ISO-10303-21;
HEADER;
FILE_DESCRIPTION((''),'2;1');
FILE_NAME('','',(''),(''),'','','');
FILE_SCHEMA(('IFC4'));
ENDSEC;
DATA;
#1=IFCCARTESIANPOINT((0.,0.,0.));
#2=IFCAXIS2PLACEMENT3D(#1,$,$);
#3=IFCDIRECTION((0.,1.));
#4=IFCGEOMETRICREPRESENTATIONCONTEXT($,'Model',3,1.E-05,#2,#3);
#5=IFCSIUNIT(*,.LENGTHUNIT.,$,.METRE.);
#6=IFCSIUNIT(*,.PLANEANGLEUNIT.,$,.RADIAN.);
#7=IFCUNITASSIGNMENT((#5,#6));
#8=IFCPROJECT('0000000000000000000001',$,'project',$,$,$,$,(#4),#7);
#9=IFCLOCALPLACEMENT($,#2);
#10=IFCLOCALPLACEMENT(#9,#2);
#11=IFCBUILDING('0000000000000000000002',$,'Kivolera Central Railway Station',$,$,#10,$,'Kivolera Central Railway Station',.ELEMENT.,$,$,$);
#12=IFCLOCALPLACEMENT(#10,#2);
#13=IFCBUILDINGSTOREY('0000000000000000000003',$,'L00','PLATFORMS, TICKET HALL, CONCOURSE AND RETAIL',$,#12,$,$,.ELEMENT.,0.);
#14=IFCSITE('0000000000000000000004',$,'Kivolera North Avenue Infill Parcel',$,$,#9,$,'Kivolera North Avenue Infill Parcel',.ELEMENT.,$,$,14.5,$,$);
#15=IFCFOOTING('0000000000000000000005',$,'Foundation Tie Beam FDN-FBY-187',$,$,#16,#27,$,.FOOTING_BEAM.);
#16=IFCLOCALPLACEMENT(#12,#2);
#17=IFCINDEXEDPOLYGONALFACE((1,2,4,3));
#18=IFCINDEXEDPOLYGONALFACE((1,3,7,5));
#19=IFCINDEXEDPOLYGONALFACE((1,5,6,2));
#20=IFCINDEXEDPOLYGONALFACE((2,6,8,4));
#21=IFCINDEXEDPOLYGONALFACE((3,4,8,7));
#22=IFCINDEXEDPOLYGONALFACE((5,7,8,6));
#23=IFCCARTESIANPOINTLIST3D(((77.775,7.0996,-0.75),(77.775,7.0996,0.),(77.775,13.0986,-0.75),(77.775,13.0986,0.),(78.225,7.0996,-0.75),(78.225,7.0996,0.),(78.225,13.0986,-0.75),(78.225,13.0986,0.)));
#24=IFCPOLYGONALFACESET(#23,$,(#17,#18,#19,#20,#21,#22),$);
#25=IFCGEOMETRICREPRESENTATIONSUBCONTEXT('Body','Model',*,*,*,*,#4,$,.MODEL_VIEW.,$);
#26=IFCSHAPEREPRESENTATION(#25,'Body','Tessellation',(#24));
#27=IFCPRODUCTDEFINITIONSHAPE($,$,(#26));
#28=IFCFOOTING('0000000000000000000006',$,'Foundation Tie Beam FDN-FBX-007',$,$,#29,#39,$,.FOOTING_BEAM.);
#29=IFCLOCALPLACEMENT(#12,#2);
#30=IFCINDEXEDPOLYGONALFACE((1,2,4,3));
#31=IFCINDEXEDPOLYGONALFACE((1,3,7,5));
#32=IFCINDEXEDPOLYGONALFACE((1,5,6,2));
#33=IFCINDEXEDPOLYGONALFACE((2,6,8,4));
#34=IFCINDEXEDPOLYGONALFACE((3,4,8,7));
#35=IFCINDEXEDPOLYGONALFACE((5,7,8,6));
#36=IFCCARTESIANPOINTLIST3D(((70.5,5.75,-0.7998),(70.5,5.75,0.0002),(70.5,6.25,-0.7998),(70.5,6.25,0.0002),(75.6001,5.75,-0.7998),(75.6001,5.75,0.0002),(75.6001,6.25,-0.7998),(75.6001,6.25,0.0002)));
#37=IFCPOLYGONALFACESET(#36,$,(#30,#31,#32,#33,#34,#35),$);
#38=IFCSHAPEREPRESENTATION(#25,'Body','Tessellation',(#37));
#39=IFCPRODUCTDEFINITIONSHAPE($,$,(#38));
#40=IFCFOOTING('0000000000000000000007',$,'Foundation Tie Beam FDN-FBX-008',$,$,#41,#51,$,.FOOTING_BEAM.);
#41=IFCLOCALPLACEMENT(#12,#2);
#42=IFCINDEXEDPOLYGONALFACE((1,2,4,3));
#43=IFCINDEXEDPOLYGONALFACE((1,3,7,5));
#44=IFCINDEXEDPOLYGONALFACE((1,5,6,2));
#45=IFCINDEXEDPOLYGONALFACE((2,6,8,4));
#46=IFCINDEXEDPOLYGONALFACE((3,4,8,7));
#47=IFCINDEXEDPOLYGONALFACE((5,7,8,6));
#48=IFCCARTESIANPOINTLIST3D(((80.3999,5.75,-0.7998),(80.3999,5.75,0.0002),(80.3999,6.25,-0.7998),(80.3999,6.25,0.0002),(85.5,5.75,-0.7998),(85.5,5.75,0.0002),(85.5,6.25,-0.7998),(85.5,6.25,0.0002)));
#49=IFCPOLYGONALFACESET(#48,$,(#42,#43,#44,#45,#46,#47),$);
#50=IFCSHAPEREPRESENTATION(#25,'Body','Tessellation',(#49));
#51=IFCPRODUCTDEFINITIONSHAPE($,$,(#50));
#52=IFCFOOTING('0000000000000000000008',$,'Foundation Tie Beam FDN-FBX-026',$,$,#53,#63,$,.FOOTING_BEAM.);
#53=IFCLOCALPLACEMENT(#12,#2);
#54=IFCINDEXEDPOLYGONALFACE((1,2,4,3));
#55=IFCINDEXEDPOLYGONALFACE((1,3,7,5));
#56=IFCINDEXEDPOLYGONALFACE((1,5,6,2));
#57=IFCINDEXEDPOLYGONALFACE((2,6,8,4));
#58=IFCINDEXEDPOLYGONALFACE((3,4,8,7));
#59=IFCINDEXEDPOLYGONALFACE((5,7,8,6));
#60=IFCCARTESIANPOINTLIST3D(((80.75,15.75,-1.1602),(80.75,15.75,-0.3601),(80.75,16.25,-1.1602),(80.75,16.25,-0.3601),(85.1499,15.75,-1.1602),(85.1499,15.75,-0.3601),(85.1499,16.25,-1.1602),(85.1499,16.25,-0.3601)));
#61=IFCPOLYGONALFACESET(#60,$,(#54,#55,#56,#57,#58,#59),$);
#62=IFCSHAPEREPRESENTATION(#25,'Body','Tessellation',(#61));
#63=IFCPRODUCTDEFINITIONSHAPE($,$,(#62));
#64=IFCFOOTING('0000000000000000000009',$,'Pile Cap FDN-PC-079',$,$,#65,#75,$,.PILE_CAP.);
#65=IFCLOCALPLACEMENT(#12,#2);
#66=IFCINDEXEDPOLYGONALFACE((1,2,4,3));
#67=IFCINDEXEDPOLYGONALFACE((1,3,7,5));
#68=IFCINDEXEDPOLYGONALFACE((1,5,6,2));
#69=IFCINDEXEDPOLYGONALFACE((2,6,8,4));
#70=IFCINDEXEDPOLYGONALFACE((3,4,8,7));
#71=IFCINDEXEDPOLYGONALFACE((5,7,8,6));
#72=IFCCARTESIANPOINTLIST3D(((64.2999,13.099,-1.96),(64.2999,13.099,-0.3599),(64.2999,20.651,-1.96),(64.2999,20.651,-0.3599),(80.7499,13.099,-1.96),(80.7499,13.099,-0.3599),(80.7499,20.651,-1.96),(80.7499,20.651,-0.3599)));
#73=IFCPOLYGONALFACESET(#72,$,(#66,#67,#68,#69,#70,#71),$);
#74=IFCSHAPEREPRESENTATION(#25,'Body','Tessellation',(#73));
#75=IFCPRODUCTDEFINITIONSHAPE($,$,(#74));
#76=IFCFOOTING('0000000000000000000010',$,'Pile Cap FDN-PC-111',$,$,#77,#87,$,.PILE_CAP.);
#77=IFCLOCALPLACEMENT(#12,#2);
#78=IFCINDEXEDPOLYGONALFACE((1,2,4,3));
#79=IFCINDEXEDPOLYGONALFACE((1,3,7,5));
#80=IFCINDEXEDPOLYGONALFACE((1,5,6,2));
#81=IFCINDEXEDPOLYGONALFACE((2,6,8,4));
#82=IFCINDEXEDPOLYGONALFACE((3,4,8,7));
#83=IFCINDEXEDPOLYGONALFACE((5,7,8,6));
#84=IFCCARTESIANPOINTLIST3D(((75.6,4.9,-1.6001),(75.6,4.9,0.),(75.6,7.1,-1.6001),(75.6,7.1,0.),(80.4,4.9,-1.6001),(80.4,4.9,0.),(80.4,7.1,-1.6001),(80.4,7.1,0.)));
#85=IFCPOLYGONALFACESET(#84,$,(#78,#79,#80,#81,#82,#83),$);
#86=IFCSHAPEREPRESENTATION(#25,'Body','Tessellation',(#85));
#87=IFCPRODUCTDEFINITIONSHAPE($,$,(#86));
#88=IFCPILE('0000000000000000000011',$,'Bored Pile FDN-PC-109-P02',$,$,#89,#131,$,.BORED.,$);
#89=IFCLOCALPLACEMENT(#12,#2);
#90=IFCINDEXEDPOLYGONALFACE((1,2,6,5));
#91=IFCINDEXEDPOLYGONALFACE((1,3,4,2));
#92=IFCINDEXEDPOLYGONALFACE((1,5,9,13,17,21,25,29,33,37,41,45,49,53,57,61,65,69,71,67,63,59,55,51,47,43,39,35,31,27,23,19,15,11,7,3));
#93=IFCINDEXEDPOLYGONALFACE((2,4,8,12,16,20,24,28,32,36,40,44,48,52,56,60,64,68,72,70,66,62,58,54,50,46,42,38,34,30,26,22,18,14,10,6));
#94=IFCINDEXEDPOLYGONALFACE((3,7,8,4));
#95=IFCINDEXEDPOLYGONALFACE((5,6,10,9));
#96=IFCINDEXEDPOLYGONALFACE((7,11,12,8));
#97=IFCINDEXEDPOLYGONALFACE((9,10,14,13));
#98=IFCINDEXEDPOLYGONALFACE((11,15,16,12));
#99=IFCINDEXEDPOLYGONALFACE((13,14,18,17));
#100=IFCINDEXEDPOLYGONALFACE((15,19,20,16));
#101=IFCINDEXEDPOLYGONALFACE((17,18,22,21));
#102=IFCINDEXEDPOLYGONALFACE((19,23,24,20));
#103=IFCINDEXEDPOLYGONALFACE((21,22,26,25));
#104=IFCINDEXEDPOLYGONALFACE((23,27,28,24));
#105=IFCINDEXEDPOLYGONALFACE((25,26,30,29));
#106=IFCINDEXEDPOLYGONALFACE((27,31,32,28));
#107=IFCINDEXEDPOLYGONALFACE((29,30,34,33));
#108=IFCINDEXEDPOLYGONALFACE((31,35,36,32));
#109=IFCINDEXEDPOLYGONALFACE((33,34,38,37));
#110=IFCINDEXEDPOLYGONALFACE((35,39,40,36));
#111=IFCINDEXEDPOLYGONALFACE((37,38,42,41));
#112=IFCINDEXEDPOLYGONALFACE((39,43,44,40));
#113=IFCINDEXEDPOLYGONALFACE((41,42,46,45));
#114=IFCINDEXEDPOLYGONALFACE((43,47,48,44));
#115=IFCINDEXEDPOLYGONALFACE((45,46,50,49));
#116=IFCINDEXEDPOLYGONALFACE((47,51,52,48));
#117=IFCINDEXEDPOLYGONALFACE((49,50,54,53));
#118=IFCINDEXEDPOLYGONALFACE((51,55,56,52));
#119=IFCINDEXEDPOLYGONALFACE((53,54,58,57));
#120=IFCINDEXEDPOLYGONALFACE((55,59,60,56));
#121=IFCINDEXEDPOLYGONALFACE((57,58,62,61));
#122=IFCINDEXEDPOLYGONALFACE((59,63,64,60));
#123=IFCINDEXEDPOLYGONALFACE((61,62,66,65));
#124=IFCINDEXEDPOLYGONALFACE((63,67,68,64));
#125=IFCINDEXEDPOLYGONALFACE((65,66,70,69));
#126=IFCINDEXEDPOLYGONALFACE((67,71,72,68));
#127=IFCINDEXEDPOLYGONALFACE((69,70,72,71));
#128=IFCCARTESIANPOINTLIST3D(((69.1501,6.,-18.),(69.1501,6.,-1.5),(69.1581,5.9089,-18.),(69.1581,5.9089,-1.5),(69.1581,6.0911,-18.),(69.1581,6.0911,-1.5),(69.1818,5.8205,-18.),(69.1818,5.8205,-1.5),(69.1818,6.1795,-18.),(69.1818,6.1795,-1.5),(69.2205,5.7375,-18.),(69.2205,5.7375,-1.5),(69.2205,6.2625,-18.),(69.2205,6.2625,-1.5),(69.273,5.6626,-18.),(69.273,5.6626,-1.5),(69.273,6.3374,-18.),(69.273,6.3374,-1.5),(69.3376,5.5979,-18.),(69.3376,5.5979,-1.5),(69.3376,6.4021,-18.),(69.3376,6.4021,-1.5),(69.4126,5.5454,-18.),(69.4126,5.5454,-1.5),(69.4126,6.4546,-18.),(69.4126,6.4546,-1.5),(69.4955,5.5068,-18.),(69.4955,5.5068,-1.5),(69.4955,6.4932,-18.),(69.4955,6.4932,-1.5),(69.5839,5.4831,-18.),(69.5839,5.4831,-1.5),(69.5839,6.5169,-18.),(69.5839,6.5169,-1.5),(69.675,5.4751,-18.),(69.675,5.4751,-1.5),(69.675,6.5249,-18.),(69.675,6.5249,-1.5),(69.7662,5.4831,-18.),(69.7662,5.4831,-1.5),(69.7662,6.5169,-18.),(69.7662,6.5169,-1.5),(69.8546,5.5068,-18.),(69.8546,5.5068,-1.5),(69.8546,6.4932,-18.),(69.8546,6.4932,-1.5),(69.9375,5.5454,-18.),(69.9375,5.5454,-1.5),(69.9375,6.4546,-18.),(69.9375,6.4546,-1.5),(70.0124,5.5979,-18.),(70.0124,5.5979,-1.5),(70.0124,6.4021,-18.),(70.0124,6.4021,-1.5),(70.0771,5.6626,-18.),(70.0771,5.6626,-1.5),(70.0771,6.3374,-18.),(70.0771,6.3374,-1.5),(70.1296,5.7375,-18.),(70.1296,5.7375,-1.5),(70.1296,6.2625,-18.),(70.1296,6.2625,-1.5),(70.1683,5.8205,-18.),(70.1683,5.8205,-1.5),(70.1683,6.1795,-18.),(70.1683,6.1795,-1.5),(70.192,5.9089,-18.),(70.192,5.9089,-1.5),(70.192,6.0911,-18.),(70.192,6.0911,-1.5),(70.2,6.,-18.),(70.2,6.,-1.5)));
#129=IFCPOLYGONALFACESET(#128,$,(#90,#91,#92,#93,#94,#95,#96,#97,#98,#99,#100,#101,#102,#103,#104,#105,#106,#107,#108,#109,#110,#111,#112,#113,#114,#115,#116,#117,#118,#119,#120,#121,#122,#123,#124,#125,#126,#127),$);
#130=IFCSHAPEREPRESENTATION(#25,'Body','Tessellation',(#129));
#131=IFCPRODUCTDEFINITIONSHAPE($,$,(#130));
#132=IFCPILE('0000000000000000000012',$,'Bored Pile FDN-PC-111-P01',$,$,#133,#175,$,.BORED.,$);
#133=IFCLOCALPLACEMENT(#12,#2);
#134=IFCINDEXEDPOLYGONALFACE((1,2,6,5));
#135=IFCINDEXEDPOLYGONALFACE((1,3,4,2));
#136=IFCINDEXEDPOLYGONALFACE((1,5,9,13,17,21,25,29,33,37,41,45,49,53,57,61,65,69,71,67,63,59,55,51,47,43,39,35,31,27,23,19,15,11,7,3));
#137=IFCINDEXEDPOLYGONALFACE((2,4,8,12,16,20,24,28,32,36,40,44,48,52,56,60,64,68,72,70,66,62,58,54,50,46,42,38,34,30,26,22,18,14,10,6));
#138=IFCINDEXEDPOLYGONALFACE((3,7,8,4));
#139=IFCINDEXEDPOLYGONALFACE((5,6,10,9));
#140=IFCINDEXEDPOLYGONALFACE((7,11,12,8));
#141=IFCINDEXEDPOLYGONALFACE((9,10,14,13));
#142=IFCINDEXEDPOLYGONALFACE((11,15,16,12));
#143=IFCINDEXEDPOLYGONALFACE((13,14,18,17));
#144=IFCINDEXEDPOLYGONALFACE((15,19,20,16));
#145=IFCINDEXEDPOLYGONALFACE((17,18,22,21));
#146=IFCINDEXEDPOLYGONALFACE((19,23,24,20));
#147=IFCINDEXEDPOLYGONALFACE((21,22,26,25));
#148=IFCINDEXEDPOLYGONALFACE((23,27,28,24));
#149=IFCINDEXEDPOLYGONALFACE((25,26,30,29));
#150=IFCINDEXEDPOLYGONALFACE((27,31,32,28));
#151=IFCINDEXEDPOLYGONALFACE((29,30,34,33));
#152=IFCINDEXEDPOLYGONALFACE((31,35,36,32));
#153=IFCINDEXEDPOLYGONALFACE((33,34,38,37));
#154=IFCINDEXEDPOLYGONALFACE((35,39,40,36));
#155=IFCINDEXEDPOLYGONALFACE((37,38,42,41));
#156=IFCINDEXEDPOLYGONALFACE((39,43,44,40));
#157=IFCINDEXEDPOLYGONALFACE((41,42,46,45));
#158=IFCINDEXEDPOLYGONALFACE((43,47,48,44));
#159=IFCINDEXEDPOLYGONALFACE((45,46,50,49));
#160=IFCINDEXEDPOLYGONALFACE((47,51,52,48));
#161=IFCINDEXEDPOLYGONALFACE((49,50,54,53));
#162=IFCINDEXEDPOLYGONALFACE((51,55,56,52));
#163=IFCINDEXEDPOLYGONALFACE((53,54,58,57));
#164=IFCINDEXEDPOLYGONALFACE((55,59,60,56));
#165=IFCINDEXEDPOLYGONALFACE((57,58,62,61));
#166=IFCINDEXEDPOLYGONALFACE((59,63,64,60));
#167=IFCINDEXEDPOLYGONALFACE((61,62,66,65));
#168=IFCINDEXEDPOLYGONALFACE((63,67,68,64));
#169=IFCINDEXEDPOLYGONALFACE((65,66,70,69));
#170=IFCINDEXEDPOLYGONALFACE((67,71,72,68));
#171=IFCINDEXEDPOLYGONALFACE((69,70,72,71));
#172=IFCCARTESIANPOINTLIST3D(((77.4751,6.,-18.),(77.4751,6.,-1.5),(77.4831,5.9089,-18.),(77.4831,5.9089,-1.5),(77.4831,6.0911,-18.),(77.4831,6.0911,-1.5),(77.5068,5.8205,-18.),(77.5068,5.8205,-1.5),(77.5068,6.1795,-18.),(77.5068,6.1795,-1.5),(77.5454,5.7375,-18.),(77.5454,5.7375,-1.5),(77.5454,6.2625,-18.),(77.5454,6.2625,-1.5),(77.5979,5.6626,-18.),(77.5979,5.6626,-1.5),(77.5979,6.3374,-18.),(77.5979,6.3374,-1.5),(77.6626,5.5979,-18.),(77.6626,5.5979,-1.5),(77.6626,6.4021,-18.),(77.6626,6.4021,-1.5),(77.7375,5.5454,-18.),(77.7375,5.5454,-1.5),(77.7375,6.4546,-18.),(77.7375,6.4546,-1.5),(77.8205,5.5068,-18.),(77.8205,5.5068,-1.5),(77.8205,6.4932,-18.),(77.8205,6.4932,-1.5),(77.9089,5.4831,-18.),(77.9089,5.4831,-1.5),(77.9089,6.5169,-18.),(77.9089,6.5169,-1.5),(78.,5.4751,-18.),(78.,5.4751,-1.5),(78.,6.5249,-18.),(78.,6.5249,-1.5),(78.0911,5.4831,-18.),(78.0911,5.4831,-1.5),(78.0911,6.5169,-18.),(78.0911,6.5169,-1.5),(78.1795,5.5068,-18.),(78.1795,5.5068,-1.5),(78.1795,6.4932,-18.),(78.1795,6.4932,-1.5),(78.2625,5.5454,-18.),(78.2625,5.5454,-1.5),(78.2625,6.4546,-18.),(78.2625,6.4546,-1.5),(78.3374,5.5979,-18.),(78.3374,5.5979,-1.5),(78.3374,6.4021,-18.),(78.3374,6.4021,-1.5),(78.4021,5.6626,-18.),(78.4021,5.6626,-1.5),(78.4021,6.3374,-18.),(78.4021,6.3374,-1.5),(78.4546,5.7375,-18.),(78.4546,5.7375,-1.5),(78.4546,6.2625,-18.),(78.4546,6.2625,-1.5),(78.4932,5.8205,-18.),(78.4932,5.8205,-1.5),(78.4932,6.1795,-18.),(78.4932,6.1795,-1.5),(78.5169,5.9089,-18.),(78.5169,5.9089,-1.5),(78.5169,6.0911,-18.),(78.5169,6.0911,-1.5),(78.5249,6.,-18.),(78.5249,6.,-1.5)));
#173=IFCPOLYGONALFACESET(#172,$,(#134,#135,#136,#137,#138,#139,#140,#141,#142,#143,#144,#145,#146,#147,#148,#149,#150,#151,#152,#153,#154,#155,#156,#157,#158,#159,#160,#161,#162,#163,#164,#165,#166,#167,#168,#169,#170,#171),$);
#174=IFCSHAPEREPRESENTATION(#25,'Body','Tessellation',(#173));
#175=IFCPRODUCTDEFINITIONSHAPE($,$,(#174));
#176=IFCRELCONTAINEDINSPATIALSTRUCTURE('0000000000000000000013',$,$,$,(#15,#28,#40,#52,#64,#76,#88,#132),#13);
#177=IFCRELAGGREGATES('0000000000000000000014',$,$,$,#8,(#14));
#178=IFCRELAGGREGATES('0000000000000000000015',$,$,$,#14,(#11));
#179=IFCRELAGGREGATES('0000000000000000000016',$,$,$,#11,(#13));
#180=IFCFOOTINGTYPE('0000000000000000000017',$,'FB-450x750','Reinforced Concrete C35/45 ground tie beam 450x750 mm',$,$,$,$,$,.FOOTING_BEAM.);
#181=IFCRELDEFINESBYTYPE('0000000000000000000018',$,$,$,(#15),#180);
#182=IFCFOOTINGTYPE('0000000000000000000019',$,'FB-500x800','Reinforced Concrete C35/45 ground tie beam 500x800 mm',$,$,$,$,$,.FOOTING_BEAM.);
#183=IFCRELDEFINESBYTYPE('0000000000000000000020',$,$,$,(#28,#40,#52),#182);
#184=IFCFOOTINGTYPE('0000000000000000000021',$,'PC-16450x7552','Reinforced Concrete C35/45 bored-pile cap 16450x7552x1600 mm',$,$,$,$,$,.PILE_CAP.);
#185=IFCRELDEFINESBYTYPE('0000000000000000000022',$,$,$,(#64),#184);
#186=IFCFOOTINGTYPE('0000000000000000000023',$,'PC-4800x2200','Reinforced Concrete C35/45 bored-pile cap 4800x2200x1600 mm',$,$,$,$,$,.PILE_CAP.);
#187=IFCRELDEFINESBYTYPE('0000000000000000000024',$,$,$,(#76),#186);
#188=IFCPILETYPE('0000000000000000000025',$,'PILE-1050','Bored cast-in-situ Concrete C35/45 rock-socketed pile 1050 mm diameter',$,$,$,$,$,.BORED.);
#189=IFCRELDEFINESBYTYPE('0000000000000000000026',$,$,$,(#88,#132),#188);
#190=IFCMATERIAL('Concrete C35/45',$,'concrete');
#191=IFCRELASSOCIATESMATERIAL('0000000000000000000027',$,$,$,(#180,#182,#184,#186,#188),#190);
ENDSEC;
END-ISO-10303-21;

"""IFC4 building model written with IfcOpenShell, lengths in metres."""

from ifc_helpers import new_model, si_unit, direction, frame, origin, origin_2d, place, context, subcontext, project, spatial, rectangle, circle, extrude, material, material_profile, profile_set, type_object, element, save


model = new_model("IFC4")

# Units and contexts
model_context = context("Model", 3, precision=1e-05, world=origin(), true_north=direction((0.0, 1.0)))
body_context = subcontext(model_context, "Body", "Model", "MODEL_VIEW")
ifc_project = project(units=[si_unit("LENGTHUNIT", "METRE"), si_unit("PLANEANGLEUNIT", "RADIAN")], contexts=[model_context])

# Site, building, storey
site_placement = place(None, origin())
site = spatial("IfcSite", under=ifc_project, at=site_placement, Name="Kivolera North Avenue Infill Parcel", LongName="Kivolera North Avenue Infill Parcel", CompositionType="ELEMENT", RefElevation=14.5)
building_placement = place(site_placement, origin())
building = spatial("IfcBuilding", under=site, at=building_placement, Name="Kivolera Central Railway Station", LongName="Kivolera Central Railway Station", CompositionType="ELEMENT")
storey_placement = place(building_placement, origin())
storey = spatial("IfcBuildingStorey", under=building, at=storey_placement, Name="L00", Description="PLATFORMS, TICKET HALL, CONCOURSE AND RETAIL", CompositionType="ELEMENT", Elevation=0.0)

# Footings
ifc_material_1 = material(Name="Concrete C35/45", Category="concrete")
footing_type_1 = type_object("IfcFootingType", Name="FB-450x750", Description="Reinforced Concrete C35/45 ground tie beam 450x750 mm", PredefinedType="FOOTING_BEAM", material=ifc_material_1)
footing_1_placement = place(storey_placement, frame((78.0, 10.0991, -0.75), z_axis=(0.0, 0.0, 1.0), x_axis=(1.0, 0.0, 0.0)))
element("IfcFooting", 1, at=footing_1_placement, inside=storey, type_object=footing_type_1, Name="Foundation Tie Beam FDN-FBY-187", PredefinedType="FOOTING_BEAM", context=body_context, shape_type="SweptSolid", body=[
    extrude(rectangle(XDim=0.45, YDim=5.999, at=origin_2d()), origin(), (0.0, 0.0, 1.0), 0.75),
])
footing_type_2 = type_object("IfcFootingType", Name="FB-500x800", Description="Reinforced Concrete C35/45 ground tie beam 500x800 mm", PredefinedType="FOOTING_BEAM", material=ifc_material_1)
for number, where, z_axis, x_axis, name in (
    (2, (73.05, 6.0, -0.7998), (0.0, 0.0, 1.0), (1.0, 0.0, 0.0), "Foundation Tie Beam FDN-FBX-007"),
    (3, (82.95, 6.0, -0.7998), (0.0, 0.0, 1.0), (1.0, 0.0, 0.0), "Foundation Tie Beam FDN-FBX-008"),
):
    element("IfcFooting", number, at=place(storey_placement, frame(where, z_axis=z_axis, x_axis=x_axis)), inside=storey, type_object=footing_type_2, Name=name, PredefinedType="FOOTING_BEAM", context=body_context, shape_type="SweptSolid", body=[
        extrude(rectangle(XDim=5.1001, YDim=0.5, at=origin_2d()), origin(), (0.0, 0.0, 1.0), 0.8),
    ])
footing_2_placement = place(storey_placement, frame((82.95, 16.0, -1.1602), z_axis=(0.0, 0.0, 1.0), x_axis=(1.0, 0.0, 0.0)))
element("IfcFooting", 4, at=footing_2_placement, inside=storey, type_object=footing_type_2, Name="Foundation Tie Beam FDN-FBX-026", PredefinedType="FOOTING_BEAM", context=body_context, shape_type="SweptSolid", body=[
    extrude(rectangle(XDim=4.3999, YDim=0.5, at=origin_2d()), origin(), (0.0, 0.0, 1.0), 0.8),
])
footing_type_3 = type_object("IfcFootingType", Name="PC-16450x7552", Description="Reinforced Concrete C35/45 bored-pile cap 16450x7552x1600 mm", PredefinedType="PILE_CAP", material=ifc_material_1)
footing_3_placement = place(storey_placement, frame((72.5249, 16.875, -1.96), z_axis=(0.0, 0.0, 1.0), x_axis=(1.0, 0.0, 0.0)))
element("IfcFooting", 5, at=footing_3_placement, inside=storey, type_object=footing_type_3, Name="Pile Cap FDN-PC-079", PredefinedType="PILE_CAP", context=body_context, shape_type="SweptSolid", body=[
    extrude(rectangle(XDim=16.45, YDim=7.552, at=origin_2d()), origin(), (0.0, 0.0, 1.0), 1.6001),
])
footing_type_4 = type_object("IfcFootingType", Name="PC-4800x2200", Description="Reinforced Concrete C35/45 bored-pile cap 4800x2200x1600 mm", PredefinedType="PILE_CAP", material=ifc_material_1)
footing_4_placement = place(storey_placement, frame((78.0, 6.0, -1.6001), z_axis=(0.0, 0.0, 1.0), x_axis=(1.0, 0.0, 0.0)))
element("IfcFooting", 6, at=footing_4_placement, inside=storey, type_object=footing_type_4, Name="Pile Cap FDN-PC-111", PredefinedType="PILE_CAP", context=body_context, shape_type="SweptSolid", body=[
    extrude(rectangle(XDim=4.8, YDim=2.2, at=origin_2d()), origin(), (0.0, 0.0, 1.0), 1.6001),
])

# Piles
ifc_material_profile_1 = material_profile(ifc_material_1, circle(Radius=0.5249, at=origin_2d()), Name="PILE D1050")
ifc_profile_set_1 = profile_set([ifc_material_profile_1], Name="Concrete C35/45")
pile_type_1 = type_object("IfcPileType", Name="PILE-1050", Description="Bored cast-in-situ Concrete C35/45 rock-socketed pile 1050 mm diameter", PredefinedType="BORED", material=ifc_profile_set_1)
for number, where, z_axis, x_axis, name in (
    (7, (69.675, 6.0, -1.5), (0.0, 0.0, -1.0), (1.0, 0.0, 0.0), "Bored Pile FDN-PC-109-P02"),
    (8, (78.0, 6.0, -1.5), (0.0, 0.0, -1.0), (1.0, 0.0, 0.0), "Bored Pile FDN-PC-111-P01"),
):
    element("IfcPile", number, at=place(storey_placement, frame(where, z_axis=z_axis, x_axis=x_axis)), inside=storey, type_object=pile_type_1, Name=name, PredefinedType="BORED", context=body_context, shape_type="SweptSolid", body=[
        extrude(circle(Radius=0.5249, at=origin_2d()), origin(), (0.0, 0.0, 1.0), 16.5),
    ])

save(model, "model.ifc")
